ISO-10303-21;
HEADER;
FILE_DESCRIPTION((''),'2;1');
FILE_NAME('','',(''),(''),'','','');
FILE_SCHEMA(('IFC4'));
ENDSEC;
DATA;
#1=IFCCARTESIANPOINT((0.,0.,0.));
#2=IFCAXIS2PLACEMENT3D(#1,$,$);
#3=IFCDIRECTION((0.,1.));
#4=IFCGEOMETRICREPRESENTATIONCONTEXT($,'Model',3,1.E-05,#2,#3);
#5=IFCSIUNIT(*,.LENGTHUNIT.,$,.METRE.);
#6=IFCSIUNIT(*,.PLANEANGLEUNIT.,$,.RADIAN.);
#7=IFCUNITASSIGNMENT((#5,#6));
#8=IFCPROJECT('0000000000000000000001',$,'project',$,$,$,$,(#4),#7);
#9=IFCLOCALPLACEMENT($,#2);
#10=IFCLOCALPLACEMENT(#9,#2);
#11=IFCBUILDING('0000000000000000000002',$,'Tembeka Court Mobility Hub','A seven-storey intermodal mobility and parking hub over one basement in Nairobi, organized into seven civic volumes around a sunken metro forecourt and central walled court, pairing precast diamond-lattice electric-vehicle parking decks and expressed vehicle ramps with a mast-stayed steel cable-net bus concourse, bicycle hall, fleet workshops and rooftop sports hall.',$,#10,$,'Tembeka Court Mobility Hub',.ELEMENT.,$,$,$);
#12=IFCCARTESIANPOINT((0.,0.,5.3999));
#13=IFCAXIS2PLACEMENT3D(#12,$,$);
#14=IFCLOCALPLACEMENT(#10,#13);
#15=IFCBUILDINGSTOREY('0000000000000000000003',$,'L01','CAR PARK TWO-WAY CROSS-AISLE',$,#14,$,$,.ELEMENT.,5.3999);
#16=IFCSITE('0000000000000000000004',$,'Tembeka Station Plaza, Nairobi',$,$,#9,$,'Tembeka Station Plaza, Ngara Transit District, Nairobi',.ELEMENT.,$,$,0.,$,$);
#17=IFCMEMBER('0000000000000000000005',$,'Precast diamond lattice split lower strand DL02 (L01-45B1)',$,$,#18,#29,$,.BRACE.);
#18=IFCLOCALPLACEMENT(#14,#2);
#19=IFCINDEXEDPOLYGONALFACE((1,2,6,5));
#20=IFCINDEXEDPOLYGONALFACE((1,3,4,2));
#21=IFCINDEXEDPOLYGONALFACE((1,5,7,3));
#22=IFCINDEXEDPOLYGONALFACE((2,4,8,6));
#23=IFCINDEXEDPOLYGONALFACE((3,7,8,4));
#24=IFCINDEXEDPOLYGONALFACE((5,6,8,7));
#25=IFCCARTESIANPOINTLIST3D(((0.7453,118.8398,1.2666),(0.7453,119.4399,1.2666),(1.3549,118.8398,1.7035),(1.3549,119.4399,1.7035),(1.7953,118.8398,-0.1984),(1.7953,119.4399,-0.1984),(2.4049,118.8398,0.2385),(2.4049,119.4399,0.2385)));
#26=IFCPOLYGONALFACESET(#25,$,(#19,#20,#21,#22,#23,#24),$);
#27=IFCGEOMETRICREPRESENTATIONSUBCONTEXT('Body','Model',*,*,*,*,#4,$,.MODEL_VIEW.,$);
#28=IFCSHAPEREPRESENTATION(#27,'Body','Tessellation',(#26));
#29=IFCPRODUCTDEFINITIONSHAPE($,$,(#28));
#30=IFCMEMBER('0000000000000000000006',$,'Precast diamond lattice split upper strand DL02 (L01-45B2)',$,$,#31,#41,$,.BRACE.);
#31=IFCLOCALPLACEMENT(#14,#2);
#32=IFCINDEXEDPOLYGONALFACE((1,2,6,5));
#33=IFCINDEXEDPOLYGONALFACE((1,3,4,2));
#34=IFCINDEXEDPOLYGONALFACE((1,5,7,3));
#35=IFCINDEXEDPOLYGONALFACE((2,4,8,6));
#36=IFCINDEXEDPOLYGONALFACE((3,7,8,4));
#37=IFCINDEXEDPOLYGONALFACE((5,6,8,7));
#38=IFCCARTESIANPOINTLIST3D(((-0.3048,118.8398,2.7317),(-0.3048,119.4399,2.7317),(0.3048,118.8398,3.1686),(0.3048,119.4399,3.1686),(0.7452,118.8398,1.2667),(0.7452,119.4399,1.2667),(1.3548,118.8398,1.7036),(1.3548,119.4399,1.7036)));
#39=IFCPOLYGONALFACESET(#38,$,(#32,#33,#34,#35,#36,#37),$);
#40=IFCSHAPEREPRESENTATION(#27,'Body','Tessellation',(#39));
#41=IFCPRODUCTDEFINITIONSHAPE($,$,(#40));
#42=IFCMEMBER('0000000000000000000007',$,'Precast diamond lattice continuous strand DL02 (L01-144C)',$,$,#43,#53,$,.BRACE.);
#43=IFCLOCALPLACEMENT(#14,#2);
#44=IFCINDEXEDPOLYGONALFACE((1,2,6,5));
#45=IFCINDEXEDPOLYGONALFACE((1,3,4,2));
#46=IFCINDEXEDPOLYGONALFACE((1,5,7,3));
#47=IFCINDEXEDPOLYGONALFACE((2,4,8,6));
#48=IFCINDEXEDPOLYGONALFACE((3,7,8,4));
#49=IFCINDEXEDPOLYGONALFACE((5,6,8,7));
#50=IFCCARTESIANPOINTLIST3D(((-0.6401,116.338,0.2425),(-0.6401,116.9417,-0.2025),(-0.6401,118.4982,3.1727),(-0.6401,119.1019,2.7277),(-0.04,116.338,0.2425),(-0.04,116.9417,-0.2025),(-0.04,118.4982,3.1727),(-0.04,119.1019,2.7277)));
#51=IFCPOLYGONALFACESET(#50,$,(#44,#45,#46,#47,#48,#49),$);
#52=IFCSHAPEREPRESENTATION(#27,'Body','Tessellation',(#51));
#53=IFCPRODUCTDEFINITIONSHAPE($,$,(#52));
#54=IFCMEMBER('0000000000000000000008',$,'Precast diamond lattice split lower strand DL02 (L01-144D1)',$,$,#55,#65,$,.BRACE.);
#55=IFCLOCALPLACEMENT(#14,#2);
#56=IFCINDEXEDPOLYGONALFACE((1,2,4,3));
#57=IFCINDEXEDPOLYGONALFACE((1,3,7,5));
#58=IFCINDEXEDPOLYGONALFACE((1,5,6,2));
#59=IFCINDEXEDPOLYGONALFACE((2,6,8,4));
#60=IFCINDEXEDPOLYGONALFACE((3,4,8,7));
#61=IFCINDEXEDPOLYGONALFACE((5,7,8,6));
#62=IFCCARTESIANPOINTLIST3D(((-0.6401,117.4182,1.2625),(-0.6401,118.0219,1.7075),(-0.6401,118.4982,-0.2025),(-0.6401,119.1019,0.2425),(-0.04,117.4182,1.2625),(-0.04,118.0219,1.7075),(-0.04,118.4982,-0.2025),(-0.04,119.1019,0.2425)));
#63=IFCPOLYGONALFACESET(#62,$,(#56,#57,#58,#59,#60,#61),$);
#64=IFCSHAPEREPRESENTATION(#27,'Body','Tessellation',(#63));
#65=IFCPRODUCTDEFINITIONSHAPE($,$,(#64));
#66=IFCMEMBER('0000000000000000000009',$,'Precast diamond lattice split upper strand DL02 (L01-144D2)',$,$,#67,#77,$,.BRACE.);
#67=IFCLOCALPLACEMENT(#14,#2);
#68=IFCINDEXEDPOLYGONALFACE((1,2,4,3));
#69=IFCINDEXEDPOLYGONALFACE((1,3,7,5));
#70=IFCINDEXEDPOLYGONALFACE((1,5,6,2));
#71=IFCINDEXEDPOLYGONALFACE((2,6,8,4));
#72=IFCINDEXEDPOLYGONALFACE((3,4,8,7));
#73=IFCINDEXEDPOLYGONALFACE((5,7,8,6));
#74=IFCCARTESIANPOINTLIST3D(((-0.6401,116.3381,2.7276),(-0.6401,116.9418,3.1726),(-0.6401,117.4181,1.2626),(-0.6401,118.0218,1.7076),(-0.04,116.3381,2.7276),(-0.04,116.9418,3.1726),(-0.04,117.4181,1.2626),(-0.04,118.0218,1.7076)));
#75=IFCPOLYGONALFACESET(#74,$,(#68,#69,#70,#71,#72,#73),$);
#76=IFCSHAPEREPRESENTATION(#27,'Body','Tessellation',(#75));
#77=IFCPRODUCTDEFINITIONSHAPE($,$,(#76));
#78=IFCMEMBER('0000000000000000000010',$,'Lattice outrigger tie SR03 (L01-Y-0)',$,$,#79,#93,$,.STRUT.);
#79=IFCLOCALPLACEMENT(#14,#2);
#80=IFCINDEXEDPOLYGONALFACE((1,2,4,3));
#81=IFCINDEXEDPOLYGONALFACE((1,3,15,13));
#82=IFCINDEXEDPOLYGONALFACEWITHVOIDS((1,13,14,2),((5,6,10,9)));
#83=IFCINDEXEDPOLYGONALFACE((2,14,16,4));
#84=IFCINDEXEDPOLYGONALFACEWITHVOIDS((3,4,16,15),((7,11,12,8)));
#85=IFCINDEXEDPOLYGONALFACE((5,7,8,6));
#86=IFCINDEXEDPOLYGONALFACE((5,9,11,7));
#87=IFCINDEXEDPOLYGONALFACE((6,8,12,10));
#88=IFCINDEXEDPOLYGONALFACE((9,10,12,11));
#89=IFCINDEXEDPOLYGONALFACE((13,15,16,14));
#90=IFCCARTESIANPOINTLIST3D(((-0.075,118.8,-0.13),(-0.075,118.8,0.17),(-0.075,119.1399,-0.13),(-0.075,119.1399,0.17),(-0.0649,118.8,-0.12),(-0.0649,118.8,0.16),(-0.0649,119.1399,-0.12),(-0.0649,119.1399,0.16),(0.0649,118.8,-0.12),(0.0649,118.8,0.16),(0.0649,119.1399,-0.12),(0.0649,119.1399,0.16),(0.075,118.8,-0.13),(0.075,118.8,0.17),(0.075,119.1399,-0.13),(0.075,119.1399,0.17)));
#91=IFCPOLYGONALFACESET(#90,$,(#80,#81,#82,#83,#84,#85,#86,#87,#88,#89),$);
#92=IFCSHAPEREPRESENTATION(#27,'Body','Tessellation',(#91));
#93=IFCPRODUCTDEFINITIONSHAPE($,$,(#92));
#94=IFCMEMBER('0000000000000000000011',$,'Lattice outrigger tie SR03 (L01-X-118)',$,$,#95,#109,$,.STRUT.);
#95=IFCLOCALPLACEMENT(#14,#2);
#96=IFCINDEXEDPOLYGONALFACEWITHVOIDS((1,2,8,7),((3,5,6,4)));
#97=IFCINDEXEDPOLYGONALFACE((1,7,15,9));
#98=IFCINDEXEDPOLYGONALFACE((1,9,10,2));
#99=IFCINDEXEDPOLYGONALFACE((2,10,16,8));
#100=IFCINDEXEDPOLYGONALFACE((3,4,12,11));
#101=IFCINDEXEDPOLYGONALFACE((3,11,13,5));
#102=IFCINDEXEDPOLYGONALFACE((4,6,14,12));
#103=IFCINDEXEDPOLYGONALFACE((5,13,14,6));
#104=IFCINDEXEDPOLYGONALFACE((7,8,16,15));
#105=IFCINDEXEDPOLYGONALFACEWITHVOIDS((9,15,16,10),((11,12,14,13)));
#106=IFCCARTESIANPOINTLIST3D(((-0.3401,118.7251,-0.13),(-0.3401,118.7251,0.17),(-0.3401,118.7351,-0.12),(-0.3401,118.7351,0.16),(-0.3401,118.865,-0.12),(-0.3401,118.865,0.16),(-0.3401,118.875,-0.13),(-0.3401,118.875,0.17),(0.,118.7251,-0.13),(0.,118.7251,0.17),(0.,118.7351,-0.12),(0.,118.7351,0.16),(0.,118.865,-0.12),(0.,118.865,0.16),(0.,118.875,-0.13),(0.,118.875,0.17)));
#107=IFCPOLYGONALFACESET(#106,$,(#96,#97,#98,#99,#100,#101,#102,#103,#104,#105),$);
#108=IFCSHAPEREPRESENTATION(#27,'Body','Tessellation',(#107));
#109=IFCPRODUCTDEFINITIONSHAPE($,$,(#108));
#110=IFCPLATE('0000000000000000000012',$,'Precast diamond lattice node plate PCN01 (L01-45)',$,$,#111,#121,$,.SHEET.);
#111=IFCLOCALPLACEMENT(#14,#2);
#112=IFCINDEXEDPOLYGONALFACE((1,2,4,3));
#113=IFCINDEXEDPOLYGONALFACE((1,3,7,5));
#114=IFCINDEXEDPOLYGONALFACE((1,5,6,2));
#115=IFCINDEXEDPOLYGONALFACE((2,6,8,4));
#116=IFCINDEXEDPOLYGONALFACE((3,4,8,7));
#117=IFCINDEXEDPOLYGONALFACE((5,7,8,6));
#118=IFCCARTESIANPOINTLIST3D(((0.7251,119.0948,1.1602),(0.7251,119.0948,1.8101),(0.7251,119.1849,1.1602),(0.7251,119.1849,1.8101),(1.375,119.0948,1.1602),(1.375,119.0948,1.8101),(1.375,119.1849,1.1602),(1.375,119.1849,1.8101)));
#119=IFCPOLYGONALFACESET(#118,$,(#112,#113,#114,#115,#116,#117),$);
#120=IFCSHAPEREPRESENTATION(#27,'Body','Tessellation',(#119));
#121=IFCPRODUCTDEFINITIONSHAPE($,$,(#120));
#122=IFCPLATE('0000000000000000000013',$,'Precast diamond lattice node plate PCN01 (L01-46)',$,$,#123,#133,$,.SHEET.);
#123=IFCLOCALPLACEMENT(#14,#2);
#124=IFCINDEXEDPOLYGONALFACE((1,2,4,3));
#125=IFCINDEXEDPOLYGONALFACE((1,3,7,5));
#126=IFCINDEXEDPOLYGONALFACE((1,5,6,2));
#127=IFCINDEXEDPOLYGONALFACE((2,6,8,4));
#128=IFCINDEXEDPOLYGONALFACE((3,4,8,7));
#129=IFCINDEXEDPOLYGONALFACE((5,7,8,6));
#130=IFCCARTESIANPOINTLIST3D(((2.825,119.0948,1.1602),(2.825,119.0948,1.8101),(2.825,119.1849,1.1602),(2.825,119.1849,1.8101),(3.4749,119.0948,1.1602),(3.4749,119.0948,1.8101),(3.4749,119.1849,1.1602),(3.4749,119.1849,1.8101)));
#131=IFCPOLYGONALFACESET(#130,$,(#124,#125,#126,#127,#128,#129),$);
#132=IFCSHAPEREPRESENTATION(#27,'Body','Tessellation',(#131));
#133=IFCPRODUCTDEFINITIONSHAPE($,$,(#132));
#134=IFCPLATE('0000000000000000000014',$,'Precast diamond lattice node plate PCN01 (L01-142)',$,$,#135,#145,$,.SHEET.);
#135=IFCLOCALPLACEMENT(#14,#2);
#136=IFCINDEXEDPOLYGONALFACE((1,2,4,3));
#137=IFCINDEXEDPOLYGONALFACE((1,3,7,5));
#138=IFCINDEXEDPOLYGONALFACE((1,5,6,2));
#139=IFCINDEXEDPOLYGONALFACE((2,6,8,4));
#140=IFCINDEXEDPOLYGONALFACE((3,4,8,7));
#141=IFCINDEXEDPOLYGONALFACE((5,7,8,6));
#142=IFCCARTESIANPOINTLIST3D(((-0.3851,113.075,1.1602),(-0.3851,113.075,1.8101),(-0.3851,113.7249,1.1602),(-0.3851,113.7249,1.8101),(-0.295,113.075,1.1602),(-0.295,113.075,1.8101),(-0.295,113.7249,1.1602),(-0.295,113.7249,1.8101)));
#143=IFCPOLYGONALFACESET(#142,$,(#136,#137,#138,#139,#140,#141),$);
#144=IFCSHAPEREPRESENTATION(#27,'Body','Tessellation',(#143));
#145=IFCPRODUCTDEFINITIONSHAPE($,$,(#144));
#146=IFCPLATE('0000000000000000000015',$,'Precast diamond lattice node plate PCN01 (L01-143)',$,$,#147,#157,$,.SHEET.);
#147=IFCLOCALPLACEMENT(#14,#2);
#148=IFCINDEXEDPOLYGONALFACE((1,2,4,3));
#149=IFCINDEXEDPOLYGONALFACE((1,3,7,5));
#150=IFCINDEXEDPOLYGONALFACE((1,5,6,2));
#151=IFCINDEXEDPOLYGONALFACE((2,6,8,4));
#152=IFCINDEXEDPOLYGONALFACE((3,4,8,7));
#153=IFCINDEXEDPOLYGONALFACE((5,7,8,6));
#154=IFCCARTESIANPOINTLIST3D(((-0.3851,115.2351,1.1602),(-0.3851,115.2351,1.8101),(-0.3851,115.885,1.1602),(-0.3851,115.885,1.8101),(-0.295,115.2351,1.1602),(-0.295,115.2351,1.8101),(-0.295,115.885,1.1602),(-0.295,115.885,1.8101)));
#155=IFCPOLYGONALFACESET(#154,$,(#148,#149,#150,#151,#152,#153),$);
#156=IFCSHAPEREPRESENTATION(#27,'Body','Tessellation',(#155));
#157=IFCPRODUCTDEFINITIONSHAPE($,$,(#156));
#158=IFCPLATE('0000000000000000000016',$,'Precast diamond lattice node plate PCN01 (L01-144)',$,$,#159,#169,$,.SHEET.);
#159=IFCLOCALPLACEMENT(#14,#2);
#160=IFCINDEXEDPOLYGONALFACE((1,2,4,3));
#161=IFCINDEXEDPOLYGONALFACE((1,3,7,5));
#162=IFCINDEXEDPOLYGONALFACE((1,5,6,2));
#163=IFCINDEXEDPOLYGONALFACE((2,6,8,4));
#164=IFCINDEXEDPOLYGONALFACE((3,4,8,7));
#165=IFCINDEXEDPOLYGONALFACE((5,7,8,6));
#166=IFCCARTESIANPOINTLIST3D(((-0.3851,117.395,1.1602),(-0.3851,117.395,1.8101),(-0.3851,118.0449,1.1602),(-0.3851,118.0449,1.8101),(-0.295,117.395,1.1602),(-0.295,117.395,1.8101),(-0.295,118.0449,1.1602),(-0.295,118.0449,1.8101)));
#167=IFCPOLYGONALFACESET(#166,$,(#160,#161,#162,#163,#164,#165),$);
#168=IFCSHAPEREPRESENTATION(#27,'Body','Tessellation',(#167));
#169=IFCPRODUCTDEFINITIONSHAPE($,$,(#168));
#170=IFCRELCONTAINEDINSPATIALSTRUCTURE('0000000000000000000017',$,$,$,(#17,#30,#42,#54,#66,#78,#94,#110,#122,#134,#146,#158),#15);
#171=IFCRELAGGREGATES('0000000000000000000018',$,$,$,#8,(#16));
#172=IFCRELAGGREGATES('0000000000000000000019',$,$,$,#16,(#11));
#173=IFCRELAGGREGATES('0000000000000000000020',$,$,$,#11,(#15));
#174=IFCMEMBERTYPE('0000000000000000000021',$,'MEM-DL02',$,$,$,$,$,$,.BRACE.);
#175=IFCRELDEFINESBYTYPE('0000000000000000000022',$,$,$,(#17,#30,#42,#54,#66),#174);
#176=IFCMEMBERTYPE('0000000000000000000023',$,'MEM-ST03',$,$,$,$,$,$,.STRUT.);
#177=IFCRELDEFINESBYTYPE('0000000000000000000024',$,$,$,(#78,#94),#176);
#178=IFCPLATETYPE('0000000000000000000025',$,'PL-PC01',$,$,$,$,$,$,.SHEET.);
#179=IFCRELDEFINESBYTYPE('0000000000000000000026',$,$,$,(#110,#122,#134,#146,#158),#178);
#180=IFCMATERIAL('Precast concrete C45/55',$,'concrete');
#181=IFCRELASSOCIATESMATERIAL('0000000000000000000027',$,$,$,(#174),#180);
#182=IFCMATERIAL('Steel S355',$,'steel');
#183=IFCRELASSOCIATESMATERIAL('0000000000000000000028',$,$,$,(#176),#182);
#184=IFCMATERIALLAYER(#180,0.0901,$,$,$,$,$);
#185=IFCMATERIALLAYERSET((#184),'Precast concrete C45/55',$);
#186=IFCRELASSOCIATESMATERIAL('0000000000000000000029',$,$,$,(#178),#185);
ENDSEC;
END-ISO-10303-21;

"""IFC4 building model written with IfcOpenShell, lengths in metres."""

from ifc_helpers import new_model, si_unit, direction, frame, origin, origin_2d, place, context, subcontext, project, spatial, rectangle, hollow_rectangle, extrude, material, layer, layer_set, material_profile, profile_set, type_object, element, save


model = new_model("IFC4")

# Units and contexts
model_context = context("Model", 3, precision=1e-05, world=origin(), true_north=direction((0.0, 1.0)))
body_context = subcontext(model_context, "Body", "Model", "MODEL_VIEW")
ifc_project = project(units=[si_unit("LENGTHUNIT", "METRE"), si_unit("PLANEANGLEUNIT", "RADIAN")], contexts=[model_context])

# Site, building, storey
site_placement = place(None, origin())
site = spatial("IfcSite", under=ifc_project, at=site_placement, Name="Tembeka Station Plaza, Nairobi", LongName="Tembeka Station Plaza, Ngara Transit District, Nairobi", CompositionType="ELEMENT", RefElevation=0.0)
building_placement = place(site_placement, origin())
building = spatial("IfcBuilding", under=site, at=building_placement, Name="Tembeka Court Mobility Hub", Description="A seven-storey intermodal mobility and parking hub over one basement in Nairobi, organized into seven civic volumes around a sunken metro forecourt and central walled court, pairing precast diamond-lattice electric-vehicle parking decks and expressed vehicle ramps with a mast-stayed steel cable-net bus concourse, bicycle hall, fleet workshops and rooftop sports hall.", LongName="Tembeka Court Mobility Hub", CompositionType="ELEMENT")
storey_placement = place(building_placement, frame((0.0, 0.0, 5.3999)))
storey = spatial("IfcBuildingStorey", under=building, at=storey_placement, Name="L01", Description="CAR PARK TWO-WAY CROSS-AISLE", CompositionType="ELEMENT", Elevation=5.3999)

# Shared definitions
ifc_material_1 = material(Name="Steel S355", Category="steel")

# Shared definitions
ifc_material_2 = material(Name="Precast concrete C45/55", Category="concrete")

# Members
ifc_material_profile_1 = material_profile(ifc_material_2, rectangle(XDim=0.6001, YDim=0.75, at=origin_2d()), Name="PC-DIAG 600x750")
ifc_profile_set_1 = profile_set([ifc_material_profile_1], Name="Precast concrete C45/55")
member_type_1 = type_object("IfcMemberType", Name="MEM-DL02", PredefinedType="BRACE", material=ifc_profile_set_1)
for number, where, z_axis, x_axis, name in (
    (1, (2.1001, 119.1399, 0.02), (-0.582544, 0.0, 0.812799), (0.0, -1.0, 0.0), "Precast diamond lattice split lower strand DL02 (L01-45B1)"),
    (2, (1.05, 119.1399, 1.4851), (-0.582544, 0.0, 0.812799), (0.0, -1.0, 0.0), "Precast diamond lattice split upper strand DL02 (L01-45B2)"),
):
    element("IfcMember", number, at=place(storey_placement, frame(where, z_axis=z_axis, x_axis=x_axis)), inside=storey, type_object=member_type_1, Name=name, PredefinedType="BRACE", context=body_context, shape_type="SweptSolid", body=[
        extrude(rectangle(XDim=0.6001, YDim=0.75, at=origin_2d()), origin(), (0.0, 0.0, 1.0), 1.8025),
    ])
member_1_placement = place(storey_placement, frame((-0.3401, 116.6399, 0.02), z_axis=(0.0, 0.593391, 0.804914), x_axis=(-1.0, 0.0, 0.0)))
element("IfcMember", 3, at=member_1_placement, inside=storey, type_object=member_type_1, Name="Precast diamond lattice continuous strand DL02 (L01-144C)", PredefinedType="BRACE", context=body_context, shape_type="SweptSolid", body=[
    extrude(rectangle(XDim=0.6001, YDim=0.75, at=origin_2d()), origin(), (0.0, 0.0, 1.0), 3.6404),
])
for number, where, z_axis, x_axis, name in (
    (4, (-0.3401, 118.8, 0.02), (0.0, -0.593391, 0.804914), (1.0, 0.0, 0.0), "Precast diamond lattice split lower strand DL02 (L01-144D1)"),
    (5, (-0.3401, 117.72, 1.4851), (0.0, -0.593391, 0.804914), (1.0, 0.0, 0.0), "Precast diamond lattice split upper strand DL02 (L01-144D2)"),
):
    element("IfcMember", number, at=place(storey_placement, frame(where, z_axis=z_axis, x_axis=x_axis)), inside=storey, type_object=member_type_1, Name=name, PredefinedType="BRACE", context=body_context, shape_type="SweptSolid", body=[
        extrude(rectangle(XDim=0.6001, YDim=0.75, at=origin_2d()), origin(), (0.0, 0.0, 1.0), 1.8201),
    ])
ifc_material_profile_2 = material_profile(ifc_material_1, hollow_rectangle(XDim=0.1499, YDim=0.3, WallThickness=0.01, at=origin_2d()), Name="RHS 300x150x10")
ifc_profile_set_2 = profile_set([ifc_material_profile_2], Name="Steel S355")
member_type_2 = type_object("IfcMemberType", Name="MEM-ST03", PredefinedType="STRUT", material=ifc_profile_set_2)
member_2_placement = place(storey_placement, frame((0.0, 118.8, 0.02), z_axis=(0.0, 1.0, 0.0), x_axis=(-1.0, 0.0, 0.0)))
element("IfcMember", 6, at=member_2_placement, inside=storey, type_object=member_type_2, Name="Lattice outrigger tie SR03 (L01-Y-0)", PredefinedType="STRUT", context=body_context, shape_type="SweptSolid", body=[
    extrude(hollow_rectangle(XDim=0.1499, YDim=0.3, WallThickness=0.01, at=origin_2d()), origin(), (0.0, 0.0, 1.0), 0.3398),
])
member_3_placement = place(storey_placement, frame((0.0, 118.8, 0.02), z_axis=(-1.0, 0.0, 0.0), x_axis=(0.0, -1.0, 0.0)))
element("IfcMember", 7, at=member_3_placement, inside=storey, type_object=member_type_2, Name="Lattice outrigger tie SR03 (L01-X-118)", PredefinedType="STRUT", context=body_context, shape_type="SweptSolid", body=[
    extrude(hollow_rectangle(XDim=0.1499, YDim=0.3, WallThickness=0.01, at=origin_2d()), origin(), (0.0, 0.0, 1.0), 0.3401),
])

# Plates
ifc_layer = layer(ifc_material_2, 0.0901)
ifc_layer_set = layer_set([ifc_layer], Name="Precast concrete C45/55")
plate_type = type_object("IfcPlateType", Name="PL-PC01", PredefinedType="SHEET", material=ifc_layer_set)
for number, where, z_axis, x_axis, name in (
    (8, (1.05, 119.1399, 1.1602), (0.0, 0.0, 1.0), (1.0, 0.0, 0.0), "Precast diamond lattice node plate PCN01 (L01-45)"),
    (9, (3.1499, 119.1399, 1.1602), (0.0, 0.0, 1.0), (1.0, 0.0, 0.0), "Precast diamond lattice node plate PCN01 (L01-46)"),
):
    element("IfcPlate", number, at=place(storey_placement, frame(where, z_axis=z_axis, x_axis=x_axis)), inside=storey, type_object=plate_type, Name=name, PredefinedType="SHEET", context=body_context, shape_type="SweptSolid", body=[
        extrude(rectangle(XDim=0.6499, YDim=0.0901, at=origin_2d()), origin(), (0.0, 0.0, 1.0), 0.6499),
    ])
for number, where, z_axis, x_axis, name in (
    (10, (-0.3401, 113.3999, 1.1602), (0.0, 0.0, 1.0), (1.0, 0.0, 0.0), "Precast diamond lattice node plate PCN01 (L01-142)"),
    (11, (-0.3401, 115.5601, 1.1602), (0.0, 0.0, 1.0), (1.0, 0.0, 0.0), "Precast diamond lattice node plate PCN01 (L01-143)"),
    (12, (-0.3401, 117.72, 1.1602), (0.0, 0.0, 1.0), (1.0, 0.0, 0.0), "Precast diamond lattice node plate PCN01 (L01-144)"),
):
    element("IfcPlate", number, at=place(storey_placement, frame(where, z_axis=z_axis, x_axis=x_axis)), inside=storey, type_object=plate_type, Name=name, PredefinedType="SHEET", context=body_context, shape_type="SweptSolid", body=[
        extrude(rectangle(XDim=0.0901, YDim=0.6499, at=origin_2d()), origin(), (0.0, 0.0, 1.0), 0.6499),
    ])

save(model, "model.ifc")
